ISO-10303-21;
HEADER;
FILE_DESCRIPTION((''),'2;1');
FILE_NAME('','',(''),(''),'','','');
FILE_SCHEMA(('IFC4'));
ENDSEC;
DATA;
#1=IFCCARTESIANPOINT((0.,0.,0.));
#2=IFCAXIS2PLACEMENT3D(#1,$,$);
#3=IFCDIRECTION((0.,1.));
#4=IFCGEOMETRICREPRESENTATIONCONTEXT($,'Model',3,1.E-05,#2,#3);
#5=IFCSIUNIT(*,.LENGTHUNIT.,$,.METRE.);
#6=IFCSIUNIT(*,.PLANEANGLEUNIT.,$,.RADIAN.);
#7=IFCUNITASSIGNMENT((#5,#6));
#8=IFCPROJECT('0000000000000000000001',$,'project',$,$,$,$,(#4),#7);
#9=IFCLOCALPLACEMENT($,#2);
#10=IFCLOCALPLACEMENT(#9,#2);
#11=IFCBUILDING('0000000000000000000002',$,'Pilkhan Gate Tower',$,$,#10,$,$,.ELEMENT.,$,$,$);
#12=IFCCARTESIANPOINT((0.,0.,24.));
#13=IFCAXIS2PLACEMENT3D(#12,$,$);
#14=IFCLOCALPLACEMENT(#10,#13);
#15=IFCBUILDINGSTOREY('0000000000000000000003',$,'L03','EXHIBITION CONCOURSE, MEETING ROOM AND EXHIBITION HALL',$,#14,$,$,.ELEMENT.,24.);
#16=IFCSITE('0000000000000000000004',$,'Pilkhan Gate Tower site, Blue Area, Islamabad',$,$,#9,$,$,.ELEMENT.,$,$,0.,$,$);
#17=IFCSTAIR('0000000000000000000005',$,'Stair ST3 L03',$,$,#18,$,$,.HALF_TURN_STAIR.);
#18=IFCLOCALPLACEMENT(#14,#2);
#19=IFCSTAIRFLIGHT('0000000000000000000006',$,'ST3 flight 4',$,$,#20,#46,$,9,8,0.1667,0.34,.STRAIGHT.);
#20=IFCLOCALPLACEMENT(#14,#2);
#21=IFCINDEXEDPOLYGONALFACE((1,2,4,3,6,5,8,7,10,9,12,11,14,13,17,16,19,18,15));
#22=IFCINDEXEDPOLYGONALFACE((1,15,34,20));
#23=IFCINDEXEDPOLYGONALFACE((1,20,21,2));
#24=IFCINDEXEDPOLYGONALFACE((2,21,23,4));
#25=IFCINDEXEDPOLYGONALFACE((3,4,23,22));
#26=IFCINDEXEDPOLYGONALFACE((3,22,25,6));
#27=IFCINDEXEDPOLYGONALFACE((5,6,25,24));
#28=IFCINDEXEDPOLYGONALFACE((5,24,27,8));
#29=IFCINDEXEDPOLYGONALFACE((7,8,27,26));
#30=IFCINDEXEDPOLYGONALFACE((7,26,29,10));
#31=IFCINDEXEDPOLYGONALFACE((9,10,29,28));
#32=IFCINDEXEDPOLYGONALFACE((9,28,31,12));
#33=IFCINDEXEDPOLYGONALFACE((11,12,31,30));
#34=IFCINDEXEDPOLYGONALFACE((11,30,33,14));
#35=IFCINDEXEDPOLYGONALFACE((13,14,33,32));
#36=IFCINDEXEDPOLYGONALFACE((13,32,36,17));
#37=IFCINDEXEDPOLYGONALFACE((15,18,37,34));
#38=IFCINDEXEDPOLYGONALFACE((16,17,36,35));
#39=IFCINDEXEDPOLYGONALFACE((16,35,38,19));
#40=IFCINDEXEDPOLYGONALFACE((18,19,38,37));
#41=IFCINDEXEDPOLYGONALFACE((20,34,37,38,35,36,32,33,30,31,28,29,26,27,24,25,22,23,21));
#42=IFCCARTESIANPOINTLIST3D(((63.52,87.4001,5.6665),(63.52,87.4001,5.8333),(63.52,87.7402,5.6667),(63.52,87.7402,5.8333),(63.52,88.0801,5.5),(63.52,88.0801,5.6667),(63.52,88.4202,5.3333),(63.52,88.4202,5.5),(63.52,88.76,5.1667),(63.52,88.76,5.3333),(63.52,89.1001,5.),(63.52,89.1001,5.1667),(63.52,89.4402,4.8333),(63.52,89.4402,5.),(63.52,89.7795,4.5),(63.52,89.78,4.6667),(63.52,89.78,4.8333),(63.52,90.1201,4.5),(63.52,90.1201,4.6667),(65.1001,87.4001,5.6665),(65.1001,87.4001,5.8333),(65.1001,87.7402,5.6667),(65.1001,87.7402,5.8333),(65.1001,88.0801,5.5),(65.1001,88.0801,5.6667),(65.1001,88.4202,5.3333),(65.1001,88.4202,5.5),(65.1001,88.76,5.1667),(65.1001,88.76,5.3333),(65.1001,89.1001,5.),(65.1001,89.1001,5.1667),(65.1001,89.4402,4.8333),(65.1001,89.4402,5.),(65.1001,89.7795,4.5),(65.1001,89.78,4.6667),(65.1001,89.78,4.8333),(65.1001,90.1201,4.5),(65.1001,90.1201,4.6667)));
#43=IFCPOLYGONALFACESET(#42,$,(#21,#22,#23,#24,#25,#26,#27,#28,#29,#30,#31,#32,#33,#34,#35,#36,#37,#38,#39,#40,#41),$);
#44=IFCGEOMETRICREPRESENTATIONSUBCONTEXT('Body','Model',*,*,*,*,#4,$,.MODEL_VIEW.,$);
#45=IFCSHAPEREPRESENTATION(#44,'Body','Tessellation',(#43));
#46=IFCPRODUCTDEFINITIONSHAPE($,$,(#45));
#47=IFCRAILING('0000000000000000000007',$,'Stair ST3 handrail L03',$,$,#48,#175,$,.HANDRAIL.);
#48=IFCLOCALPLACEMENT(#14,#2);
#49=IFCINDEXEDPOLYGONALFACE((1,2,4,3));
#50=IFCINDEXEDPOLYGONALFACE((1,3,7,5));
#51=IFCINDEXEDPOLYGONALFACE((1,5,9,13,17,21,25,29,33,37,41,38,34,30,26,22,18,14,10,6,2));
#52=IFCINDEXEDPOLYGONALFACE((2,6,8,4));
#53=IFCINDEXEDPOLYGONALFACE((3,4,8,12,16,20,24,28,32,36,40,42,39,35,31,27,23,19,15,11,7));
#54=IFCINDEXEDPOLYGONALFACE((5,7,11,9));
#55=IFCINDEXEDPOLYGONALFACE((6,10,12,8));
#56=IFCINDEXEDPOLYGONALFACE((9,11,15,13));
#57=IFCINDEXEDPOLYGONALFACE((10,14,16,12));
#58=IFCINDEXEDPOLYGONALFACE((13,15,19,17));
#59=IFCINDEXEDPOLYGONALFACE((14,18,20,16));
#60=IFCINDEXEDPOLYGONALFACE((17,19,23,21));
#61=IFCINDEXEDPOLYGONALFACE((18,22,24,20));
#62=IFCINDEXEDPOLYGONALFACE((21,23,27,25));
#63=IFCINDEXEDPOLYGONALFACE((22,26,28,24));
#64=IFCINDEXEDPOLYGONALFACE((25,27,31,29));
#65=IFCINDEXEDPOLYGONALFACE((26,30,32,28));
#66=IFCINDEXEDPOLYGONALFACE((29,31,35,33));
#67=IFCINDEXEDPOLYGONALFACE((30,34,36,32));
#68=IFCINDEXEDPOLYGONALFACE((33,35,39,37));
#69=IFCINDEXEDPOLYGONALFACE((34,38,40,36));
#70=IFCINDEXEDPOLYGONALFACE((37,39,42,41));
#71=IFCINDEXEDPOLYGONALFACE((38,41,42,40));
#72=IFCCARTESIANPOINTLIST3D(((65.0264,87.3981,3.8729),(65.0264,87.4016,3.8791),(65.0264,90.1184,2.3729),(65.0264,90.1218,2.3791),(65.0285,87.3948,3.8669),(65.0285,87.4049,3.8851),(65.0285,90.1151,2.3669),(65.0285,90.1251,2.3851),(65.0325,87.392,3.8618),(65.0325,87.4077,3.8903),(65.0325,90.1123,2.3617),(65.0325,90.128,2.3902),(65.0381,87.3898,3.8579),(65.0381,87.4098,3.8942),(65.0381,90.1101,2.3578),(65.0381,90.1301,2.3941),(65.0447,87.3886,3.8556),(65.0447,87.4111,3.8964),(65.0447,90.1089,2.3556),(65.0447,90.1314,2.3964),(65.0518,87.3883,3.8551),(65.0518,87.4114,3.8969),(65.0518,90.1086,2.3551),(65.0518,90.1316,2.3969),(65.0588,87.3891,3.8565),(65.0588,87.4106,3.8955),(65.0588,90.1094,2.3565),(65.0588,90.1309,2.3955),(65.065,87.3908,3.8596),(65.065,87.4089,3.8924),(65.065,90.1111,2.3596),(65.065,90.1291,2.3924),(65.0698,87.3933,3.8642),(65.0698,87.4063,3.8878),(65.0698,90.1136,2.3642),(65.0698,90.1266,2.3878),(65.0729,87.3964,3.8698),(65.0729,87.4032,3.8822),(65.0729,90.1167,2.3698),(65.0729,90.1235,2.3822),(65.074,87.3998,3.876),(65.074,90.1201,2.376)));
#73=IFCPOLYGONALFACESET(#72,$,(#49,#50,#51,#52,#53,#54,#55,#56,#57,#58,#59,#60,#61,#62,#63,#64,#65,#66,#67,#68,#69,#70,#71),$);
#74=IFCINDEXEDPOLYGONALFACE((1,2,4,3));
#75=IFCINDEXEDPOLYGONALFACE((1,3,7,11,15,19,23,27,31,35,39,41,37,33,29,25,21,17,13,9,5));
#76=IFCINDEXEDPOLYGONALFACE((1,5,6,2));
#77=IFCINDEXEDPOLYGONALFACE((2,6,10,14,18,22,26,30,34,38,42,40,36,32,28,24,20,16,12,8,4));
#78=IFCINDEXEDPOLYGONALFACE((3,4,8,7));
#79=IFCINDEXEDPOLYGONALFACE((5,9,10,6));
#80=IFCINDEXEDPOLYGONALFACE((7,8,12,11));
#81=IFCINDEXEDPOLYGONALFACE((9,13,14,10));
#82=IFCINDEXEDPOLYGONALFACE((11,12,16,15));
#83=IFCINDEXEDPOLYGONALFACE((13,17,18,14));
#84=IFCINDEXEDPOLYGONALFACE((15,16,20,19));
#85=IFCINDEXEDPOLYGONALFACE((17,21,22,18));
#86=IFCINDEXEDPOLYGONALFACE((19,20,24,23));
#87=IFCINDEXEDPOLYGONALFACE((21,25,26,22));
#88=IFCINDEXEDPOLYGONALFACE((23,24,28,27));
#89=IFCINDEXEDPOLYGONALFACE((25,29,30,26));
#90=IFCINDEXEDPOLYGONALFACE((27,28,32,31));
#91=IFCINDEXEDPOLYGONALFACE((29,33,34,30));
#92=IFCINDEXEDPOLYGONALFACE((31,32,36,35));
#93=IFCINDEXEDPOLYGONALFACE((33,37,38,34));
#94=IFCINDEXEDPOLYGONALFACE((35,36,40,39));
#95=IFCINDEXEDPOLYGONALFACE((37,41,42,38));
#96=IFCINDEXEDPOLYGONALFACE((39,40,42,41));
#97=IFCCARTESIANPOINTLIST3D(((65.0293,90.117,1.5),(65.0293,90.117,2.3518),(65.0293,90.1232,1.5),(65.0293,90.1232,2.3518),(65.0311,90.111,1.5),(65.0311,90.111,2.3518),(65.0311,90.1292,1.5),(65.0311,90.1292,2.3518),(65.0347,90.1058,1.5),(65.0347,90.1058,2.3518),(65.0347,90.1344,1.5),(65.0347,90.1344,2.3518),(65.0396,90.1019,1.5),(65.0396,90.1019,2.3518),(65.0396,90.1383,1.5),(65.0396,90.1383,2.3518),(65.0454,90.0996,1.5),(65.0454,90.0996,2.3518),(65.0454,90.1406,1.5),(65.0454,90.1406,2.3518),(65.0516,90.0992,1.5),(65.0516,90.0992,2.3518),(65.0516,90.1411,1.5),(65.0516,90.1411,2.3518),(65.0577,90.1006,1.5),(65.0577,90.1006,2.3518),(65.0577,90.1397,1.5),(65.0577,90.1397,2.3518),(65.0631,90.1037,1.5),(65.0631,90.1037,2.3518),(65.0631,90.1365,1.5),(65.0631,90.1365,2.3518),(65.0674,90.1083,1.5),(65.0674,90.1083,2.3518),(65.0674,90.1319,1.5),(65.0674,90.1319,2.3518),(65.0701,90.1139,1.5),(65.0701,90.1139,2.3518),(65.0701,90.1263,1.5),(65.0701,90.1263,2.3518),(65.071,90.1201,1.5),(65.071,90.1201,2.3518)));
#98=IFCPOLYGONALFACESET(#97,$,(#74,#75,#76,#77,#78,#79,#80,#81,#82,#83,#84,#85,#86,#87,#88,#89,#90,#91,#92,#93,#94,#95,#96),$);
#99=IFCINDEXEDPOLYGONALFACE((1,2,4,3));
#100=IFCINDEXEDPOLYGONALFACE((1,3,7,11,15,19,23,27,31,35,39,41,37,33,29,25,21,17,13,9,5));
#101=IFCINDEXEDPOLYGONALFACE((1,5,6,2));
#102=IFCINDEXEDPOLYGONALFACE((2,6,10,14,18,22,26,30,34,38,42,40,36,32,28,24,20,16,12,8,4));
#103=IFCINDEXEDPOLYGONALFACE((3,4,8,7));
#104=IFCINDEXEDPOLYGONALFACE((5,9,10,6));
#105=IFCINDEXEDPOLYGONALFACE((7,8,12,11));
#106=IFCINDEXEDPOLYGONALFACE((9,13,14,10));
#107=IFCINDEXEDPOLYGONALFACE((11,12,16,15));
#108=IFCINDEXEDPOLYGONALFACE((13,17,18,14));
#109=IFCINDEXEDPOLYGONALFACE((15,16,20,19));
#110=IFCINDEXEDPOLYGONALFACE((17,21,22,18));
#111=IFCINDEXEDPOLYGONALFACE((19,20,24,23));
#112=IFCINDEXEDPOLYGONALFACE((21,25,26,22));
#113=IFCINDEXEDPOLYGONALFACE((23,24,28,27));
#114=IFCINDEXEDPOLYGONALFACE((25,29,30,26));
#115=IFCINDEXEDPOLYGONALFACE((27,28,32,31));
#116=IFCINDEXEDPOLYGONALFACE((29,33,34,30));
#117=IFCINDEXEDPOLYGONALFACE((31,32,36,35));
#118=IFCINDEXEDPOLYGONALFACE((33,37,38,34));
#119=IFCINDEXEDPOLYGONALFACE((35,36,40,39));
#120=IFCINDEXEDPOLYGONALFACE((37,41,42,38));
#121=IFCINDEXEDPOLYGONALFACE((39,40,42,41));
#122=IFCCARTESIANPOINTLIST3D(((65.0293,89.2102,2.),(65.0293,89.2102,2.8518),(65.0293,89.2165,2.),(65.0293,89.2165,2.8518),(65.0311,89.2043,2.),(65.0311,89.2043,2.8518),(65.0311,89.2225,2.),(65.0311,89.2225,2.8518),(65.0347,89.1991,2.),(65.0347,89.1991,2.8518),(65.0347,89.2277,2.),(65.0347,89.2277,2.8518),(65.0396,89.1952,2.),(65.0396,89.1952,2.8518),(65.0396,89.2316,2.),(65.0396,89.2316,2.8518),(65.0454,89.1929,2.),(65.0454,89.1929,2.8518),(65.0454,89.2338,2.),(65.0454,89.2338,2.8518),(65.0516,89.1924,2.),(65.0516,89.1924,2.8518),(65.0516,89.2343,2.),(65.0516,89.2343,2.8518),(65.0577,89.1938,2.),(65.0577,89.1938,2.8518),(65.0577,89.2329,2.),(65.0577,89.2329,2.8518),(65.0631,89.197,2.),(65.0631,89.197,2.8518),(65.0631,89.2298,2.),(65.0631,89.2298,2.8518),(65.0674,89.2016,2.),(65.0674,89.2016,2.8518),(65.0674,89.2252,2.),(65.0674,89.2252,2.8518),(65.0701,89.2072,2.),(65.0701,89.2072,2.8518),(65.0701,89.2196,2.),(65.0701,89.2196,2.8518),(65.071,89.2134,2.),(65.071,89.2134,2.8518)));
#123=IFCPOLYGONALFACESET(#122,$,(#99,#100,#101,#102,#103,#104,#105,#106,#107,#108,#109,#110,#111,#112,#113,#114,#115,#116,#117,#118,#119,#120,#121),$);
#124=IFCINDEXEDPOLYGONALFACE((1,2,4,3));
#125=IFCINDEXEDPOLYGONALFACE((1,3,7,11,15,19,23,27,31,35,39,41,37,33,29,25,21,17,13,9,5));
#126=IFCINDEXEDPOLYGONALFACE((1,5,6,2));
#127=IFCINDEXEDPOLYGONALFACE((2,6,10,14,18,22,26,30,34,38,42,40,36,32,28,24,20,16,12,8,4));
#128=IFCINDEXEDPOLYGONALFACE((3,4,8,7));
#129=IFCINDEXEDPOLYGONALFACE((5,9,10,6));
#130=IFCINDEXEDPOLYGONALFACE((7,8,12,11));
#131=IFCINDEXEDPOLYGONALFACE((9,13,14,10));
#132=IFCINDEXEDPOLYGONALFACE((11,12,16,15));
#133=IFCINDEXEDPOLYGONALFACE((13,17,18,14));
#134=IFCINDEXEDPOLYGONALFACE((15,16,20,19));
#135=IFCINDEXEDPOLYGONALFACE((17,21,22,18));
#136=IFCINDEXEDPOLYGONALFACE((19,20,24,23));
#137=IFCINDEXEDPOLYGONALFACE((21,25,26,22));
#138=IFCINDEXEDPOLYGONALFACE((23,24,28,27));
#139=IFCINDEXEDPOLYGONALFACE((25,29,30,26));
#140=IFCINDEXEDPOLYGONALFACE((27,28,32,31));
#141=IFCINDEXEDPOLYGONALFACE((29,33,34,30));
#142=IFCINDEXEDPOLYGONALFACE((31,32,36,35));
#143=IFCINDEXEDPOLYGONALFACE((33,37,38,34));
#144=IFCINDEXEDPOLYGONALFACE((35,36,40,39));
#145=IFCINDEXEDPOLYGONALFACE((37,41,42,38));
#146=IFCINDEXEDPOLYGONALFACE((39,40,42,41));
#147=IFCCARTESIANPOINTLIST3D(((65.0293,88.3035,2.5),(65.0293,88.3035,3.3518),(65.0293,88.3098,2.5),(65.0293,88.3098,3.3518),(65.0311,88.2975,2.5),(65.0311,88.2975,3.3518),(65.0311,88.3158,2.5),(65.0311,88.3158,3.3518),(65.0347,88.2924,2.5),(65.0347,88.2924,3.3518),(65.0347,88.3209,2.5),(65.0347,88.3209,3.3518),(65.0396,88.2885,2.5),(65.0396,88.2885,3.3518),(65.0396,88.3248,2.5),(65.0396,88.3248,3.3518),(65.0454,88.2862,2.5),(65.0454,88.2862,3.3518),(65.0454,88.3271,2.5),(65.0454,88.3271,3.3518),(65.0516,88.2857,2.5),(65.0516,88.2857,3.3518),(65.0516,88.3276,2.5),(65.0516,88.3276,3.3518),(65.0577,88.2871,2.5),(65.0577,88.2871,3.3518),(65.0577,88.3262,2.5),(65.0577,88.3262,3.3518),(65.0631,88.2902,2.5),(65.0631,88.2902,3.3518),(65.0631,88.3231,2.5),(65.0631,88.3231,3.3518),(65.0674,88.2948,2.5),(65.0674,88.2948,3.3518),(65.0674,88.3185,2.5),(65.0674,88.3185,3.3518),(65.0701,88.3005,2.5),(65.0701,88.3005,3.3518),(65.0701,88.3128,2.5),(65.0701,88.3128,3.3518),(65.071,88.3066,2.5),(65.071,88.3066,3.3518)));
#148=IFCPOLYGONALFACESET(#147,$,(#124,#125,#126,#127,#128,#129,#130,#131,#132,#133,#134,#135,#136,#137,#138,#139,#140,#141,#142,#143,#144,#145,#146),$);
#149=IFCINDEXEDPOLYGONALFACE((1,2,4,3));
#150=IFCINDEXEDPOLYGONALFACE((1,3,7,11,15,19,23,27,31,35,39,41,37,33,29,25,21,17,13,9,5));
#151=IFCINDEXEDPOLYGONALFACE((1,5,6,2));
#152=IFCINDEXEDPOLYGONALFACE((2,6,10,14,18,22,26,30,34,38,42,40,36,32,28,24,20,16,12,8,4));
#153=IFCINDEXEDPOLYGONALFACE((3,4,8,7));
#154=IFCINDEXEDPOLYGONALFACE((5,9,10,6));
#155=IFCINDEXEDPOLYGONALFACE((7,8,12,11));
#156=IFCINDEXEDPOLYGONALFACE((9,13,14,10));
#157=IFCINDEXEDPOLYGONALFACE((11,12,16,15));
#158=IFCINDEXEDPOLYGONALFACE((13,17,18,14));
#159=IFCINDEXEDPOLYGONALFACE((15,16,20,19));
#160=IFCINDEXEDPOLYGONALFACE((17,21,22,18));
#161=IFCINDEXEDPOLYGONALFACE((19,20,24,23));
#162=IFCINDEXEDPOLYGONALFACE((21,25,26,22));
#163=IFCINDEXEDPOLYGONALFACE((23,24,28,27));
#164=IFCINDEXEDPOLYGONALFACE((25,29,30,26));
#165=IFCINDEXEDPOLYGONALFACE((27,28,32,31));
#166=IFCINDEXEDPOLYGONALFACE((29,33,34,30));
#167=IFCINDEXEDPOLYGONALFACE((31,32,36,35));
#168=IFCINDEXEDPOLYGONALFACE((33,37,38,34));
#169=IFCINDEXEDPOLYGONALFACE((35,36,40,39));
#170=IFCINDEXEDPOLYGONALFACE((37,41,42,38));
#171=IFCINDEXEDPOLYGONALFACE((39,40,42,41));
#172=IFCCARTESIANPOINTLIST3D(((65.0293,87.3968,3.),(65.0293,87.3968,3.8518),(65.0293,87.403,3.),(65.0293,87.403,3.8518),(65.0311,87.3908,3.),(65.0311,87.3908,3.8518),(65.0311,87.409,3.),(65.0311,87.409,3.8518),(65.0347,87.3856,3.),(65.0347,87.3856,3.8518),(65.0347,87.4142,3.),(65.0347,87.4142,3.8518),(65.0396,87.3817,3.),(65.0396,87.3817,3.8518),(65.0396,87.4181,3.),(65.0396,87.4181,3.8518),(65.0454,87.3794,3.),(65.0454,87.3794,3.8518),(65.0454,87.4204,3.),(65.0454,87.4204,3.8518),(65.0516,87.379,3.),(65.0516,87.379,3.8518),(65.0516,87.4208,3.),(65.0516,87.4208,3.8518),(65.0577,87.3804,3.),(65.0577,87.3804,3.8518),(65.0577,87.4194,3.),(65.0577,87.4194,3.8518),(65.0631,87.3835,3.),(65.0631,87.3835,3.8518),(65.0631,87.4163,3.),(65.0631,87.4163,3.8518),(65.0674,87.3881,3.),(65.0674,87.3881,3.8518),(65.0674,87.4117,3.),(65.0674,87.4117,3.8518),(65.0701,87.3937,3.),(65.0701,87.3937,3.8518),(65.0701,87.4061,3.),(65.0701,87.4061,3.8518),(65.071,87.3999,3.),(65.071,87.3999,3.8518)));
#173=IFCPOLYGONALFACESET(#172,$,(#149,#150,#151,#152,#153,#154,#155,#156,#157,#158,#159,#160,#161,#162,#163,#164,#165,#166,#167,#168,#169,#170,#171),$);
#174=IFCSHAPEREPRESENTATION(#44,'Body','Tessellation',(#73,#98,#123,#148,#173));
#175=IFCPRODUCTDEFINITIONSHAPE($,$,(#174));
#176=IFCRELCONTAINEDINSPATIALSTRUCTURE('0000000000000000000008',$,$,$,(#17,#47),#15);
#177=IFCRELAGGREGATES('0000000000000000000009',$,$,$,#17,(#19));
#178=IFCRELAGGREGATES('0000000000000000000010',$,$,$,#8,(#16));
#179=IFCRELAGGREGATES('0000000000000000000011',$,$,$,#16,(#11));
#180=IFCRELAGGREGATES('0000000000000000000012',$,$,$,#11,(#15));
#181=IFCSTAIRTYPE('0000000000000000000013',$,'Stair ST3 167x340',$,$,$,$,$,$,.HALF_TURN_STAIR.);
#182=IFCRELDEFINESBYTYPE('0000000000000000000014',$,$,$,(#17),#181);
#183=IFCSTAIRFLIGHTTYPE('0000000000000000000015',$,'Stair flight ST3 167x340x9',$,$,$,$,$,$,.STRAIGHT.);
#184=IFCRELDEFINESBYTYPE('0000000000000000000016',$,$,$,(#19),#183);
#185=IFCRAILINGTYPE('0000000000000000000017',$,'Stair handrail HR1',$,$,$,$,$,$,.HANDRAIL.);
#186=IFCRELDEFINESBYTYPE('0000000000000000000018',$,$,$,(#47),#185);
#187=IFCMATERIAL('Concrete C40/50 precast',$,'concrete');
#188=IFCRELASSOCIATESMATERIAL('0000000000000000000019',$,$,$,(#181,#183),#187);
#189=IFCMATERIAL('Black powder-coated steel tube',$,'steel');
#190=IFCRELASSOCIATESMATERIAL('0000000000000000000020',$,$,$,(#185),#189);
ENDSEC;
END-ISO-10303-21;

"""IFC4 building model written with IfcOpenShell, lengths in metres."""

from ifc_helpers import new_model, si_unit, direction, frame, origin, origin_2d, place, context, subcontext, project, spatial, polyline, circle, outline, extrude, material, type_object, element, aggregate, save


model = new_model("IFC4")

# Units and contexts
model_context = context("Model", 3, precision=1e-05, world=origin(), true_north=direction((0.0, 1.0)))
body_context = subcontext(model_context, "Body", "Model", "MODEL_VIEW")
ifc_project = project(units=[si_unit("LENGTHUNIT", "METRE"), si_unit("PLANEANGLEUNIT", "RADIAN")], contexts=[model_context])

# Site, building, storey
site_placement = place(None, origin())
site = spatial("IfcSite", under=ifc_project, at=site_placement, Name="Pilkhan Gate Tower site, Blue Area, Islamabad", CompositionType="ELEMENT", RefElevation=0.0)
building_placement = place(site_placement, origin())
building = spatial("IfcBuilding", under=site, at=building_placement, Name="Pilkhan Gate Tower", CompositionType="ELEMENT")
storey_placement = place(building_placement, frame((0.0, 0.0, 24.0)))
storey = spatial("IfcBuildingStorey", under=building, at=storey_placement, Name="L03", Description="EXHIBITION CONCOURSE, MEETING ROOM AND EXHIBITION HALL", CompositionType="ELEMENT", Elevation=24.0)

# Stair, stair flight
ifc_material_1 = material(Name="Concrete C40/50 precast", Category="concrete")
stair_type = type_object("IfcStairType", Name="Stair ST3 167x340", PredefinedType="HALF_TURN_STAIR", material=ifc_material_1)
stair_placement = place(storey_placement, origin())
stair = element("IfcStair", 1, at=stair_placement, inside=storey, type_object=stair_type, Name="Stair ST3 L03", PredefinedType="HALF_TURN_STAIR")
stair_flight_type = type_object("IfcStairFlightType", Name="Stair flight ST3 167x340x9", PredefinedType="STRAIGHT", material=ifc_material_1)
stair_flight_1_placement = place(storey_placement, frame((64.3101, 90.1201, 4.5), z_axis=(0.0, 0.0, 1.0), x_axis=(0.0, -1.0, 0.0)))
stair_flight_1 = element("IfcStairFlight", 2, at=stair_flight_1_placement, type_object=stair_flight_type, Name="ST3 flight 4", NumberOfRisers=9, NumberOfTreads=8, PredefinedType="STRAIGHT", RiserHeight=0.1667, TreadLength=0.34, context=body_context, shape_type="SweptSolid", body=[
    extrude(outline(polyline([(0.0, 0.0), (0.0, 0.1667), (0.3401, 0.1667), (0.3401, 0.3333), (0.6799, 0.3333), (0.6799, 0.5), (1.02, 0.5), (1.02, 0.6667), (1.3601, 0.6667), (1.3601, 0.8333), (1.7, 0.8333), (1.7, 1.0), (2.04, 1.0), (2.04, 1.1667), (2.3799, 1.1667), (2.3799, 1.3333), (2.72, 1.3333), (2.72, 1.5), (2.72, 1.1665), (0.3406, 0.0), (0.0, 0.0)])), frame((0.0, 0.79, 0.0), z_axis=(0.0, -1.0, 0.0), x_axis=(1.0, 0.0, 0.0)), (0.0, 0.0, 1.0), 1.5801),
])
aggregate(stair, [stair_flight_1])

# Railing
ifc_material_2 = material(Name="Black powder-coated steel tube", Category="steel")
railing_type_1 = type_object("IfcRailingType", Name="Stair handrail HR1", PredefinedType="HANDRAIL", material=ifc_material_2)
for number, where, name in (
    (3, (65.05, 90.1201, 1.5), "Stair ST3 handrail L03"),
):
    element("IfcRailing", number, at=place(storey_placement, frame(where)), inside=storey, type_object=railing_type_1, Name=name, PredefinedType="HANDRAIL", context=body_context, shape_type="SweptSolid", body=[
        extrude(circle(Radius=0.0239, at=origin_2d()), frame((0.0, 0.0, 0.876), z_axis=(0.0, -0.875688, 0.482878), x_axis=(1.0, 0.0, 0.0)), (0.0, 0.0, 1.0), 3.1064),
        extrude(circle(Radius=0.021, at=origin_2d()), origin(), (0.0, 0.0, 1.0), 0.8518),
        extrude(circle(Radius=0.021, at=origin_2d()), frame((0.0, -0.9067, 0.5)), (0.0, 0.0, 1.0), 0.8518),
        extrude(circle(Radius=0.021, at=origin_2d()), frame((0.0, -1.8135, 1.0)), (0.0, 0.0, 1.0), 0.8518),
        extrude(circle(Radius=0.021, at=origin_2d()), frame((0.0, -2.7202, 1.5)), (0.0, 0.0, 1.0), 0.8518),
    ])

save(model, "model.ifc")
